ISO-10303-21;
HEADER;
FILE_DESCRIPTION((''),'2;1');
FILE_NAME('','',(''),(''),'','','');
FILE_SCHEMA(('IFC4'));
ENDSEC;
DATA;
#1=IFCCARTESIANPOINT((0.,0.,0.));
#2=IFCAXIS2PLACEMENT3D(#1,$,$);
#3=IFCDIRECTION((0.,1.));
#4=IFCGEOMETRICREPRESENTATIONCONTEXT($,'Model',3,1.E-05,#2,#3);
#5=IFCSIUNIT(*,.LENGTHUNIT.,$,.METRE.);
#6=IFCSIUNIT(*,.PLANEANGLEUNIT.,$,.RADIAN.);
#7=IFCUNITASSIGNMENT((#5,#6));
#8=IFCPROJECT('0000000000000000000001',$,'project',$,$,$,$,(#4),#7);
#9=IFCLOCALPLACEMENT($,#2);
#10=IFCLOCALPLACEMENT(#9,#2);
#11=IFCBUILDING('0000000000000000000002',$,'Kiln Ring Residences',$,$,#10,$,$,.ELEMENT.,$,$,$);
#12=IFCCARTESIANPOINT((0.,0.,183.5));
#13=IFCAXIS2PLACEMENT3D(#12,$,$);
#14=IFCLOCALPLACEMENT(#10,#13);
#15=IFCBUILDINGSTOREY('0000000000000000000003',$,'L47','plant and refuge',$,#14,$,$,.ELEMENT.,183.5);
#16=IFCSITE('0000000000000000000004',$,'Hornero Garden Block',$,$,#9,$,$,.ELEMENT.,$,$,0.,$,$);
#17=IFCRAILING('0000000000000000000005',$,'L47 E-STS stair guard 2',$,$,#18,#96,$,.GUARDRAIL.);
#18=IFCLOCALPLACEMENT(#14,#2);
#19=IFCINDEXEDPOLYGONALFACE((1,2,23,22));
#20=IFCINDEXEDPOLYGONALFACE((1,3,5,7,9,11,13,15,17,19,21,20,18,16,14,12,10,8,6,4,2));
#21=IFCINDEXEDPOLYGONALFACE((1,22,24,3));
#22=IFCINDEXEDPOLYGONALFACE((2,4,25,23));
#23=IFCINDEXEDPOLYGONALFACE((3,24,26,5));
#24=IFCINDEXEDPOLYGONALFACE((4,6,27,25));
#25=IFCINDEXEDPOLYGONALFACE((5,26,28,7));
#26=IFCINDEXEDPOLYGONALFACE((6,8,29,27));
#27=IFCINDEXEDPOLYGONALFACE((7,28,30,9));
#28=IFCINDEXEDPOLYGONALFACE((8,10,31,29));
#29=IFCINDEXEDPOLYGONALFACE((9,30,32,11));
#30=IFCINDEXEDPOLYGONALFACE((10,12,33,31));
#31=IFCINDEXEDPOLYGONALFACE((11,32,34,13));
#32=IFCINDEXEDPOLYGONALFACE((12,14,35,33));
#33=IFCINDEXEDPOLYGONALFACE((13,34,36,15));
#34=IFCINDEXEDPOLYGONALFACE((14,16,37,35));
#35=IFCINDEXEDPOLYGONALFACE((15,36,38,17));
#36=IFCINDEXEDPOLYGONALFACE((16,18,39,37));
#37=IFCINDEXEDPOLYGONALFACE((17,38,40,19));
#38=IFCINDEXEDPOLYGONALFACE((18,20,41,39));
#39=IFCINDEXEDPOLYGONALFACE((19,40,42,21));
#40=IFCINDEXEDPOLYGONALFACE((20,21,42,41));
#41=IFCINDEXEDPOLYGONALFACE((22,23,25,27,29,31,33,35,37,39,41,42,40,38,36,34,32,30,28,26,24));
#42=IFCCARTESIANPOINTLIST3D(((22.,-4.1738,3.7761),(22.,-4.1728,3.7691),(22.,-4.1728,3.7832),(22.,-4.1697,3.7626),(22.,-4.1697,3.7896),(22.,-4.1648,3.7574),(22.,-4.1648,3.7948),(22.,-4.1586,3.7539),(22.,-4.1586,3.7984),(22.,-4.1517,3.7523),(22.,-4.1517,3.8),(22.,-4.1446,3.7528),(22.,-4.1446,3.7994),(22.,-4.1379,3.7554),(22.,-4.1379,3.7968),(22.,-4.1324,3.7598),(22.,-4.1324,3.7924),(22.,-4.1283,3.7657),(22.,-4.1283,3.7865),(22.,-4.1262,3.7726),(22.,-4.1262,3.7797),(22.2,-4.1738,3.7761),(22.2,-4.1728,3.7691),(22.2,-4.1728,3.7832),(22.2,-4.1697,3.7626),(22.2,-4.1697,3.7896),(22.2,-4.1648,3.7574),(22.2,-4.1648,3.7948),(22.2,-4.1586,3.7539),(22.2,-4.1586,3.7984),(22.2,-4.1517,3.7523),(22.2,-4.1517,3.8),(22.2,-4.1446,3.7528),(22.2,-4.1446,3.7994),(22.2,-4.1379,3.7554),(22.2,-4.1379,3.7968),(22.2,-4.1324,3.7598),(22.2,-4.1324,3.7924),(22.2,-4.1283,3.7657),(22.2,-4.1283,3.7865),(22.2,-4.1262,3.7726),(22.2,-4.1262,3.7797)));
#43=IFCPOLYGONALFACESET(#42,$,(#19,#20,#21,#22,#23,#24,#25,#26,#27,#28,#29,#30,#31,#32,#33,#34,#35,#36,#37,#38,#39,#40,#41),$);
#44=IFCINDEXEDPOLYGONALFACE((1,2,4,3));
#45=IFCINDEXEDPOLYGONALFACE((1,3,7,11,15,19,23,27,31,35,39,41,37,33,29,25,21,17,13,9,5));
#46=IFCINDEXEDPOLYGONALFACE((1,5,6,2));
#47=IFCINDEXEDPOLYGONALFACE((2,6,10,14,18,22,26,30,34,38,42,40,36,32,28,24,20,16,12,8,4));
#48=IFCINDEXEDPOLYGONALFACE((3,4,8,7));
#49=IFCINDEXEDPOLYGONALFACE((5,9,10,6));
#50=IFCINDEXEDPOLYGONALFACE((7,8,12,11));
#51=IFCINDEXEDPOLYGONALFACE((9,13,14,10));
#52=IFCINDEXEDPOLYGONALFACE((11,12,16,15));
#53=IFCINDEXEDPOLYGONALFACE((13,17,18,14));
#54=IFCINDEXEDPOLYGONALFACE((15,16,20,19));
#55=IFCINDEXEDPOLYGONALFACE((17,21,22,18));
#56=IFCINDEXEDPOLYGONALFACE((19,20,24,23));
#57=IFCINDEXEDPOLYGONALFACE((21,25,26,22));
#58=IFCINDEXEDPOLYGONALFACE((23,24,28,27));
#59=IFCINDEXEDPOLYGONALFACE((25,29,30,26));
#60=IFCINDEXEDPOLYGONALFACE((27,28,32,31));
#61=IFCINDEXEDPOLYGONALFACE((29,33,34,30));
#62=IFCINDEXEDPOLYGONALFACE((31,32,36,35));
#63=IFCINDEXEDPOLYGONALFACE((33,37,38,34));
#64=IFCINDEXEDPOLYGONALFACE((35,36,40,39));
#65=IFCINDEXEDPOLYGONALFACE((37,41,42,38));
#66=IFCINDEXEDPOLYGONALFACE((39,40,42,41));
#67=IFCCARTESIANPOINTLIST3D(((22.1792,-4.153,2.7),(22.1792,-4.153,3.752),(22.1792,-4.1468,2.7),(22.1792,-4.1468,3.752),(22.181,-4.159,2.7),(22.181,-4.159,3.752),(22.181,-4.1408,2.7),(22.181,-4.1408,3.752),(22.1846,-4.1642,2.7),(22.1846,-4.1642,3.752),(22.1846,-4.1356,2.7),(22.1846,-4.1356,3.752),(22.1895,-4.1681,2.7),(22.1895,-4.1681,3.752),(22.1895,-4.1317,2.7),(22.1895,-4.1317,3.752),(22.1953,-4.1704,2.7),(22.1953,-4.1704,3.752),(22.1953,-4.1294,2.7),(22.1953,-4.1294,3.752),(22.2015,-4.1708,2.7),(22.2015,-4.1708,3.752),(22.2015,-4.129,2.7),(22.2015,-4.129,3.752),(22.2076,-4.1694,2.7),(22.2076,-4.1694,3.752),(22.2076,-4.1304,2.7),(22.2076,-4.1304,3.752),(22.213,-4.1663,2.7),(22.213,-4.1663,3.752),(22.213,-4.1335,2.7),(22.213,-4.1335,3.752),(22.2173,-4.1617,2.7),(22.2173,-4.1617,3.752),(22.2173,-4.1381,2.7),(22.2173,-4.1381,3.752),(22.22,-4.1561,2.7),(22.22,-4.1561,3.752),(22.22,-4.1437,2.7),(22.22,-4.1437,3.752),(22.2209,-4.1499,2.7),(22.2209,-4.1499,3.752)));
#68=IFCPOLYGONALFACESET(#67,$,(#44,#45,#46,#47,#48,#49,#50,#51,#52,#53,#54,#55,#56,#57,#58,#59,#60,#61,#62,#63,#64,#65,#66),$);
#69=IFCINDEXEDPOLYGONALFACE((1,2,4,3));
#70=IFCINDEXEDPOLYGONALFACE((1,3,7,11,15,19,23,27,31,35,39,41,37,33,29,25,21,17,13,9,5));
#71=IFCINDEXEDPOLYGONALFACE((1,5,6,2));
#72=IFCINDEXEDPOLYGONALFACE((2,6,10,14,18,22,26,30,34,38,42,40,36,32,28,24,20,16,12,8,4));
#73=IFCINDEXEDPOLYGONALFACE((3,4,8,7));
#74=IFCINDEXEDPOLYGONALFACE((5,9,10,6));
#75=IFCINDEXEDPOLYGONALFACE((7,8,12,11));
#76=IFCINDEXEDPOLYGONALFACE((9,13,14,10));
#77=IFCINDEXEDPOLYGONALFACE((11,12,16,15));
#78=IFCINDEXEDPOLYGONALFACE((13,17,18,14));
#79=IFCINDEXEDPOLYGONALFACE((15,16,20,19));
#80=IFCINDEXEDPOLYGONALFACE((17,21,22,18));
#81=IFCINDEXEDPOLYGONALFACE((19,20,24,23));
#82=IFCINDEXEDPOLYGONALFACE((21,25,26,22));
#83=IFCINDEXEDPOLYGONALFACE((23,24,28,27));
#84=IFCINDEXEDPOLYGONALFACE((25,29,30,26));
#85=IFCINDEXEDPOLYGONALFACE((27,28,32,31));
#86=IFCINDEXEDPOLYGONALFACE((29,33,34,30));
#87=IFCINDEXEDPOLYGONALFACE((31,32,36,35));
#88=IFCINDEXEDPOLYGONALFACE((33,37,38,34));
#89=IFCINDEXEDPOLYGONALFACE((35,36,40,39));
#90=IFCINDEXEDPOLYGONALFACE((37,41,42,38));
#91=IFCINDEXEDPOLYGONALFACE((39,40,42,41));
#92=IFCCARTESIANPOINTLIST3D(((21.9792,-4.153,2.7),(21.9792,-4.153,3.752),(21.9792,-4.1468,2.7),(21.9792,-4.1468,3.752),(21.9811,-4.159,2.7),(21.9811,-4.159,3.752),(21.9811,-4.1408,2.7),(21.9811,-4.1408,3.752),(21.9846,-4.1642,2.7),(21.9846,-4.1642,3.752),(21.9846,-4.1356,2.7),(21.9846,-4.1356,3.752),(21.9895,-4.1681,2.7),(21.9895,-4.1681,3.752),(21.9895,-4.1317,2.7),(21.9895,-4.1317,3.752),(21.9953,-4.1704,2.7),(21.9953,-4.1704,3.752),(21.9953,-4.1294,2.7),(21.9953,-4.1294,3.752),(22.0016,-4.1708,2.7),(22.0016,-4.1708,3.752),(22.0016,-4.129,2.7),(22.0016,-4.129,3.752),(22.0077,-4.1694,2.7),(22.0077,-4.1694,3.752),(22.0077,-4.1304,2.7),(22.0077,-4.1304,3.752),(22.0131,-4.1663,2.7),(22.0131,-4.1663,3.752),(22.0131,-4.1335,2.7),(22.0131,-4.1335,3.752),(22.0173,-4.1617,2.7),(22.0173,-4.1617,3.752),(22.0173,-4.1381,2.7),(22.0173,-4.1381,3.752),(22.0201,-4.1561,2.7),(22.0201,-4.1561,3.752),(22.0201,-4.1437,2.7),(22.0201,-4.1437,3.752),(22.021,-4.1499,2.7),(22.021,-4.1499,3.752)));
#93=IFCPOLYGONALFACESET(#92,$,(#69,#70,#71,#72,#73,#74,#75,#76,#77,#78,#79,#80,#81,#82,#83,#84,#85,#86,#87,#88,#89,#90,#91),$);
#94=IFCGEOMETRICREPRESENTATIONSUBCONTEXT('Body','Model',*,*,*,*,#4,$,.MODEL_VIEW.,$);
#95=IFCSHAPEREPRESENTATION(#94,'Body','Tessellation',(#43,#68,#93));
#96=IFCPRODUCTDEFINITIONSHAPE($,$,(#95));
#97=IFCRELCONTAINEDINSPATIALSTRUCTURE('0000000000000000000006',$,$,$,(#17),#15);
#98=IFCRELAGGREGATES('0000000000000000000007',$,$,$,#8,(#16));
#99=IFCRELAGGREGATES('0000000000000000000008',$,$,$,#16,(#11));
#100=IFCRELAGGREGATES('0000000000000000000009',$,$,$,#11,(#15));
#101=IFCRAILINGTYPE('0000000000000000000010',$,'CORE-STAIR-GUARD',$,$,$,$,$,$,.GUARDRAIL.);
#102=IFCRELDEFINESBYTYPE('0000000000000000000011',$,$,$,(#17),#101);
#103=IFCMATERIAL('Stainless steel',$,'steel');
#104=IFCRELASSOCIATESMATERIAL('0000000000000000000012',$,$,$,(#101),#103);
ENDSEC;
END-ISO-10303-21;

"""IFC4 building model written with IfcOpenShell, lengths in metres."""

from ifc_helpers import new_model, si_unit, direction, frame, origin, origin_2d, place, context, subcontext, project, spatial, circle, extrude, material, type_object, element, save


model = new_model("IFC4")

# Units and contexts
model_context = context("Model", 3, precision=1e-05, world=origin(), true_north=direction((0.0, 1.0)))
body_context = subcontext(model_context, "Body", "Model", "MODEL_VIEW")
ifc_project = project(units=[si_unit("LENGTHUNIT", "METRE"), si_unit("PLANEANGLEUNIT", "RADIAN")], contexts=[model_context])

# Site, building, storey
site_placement = place(None, origin())
site = spatial("IfcSite", under=ifc_project, at=site_placement, Name="Hornero Garden Block", CompositionType="ELEMENT", RefElevation=0.0)
building_placement = place(site_placement, origin())
building = spatial("IfcBuilding", under=site, at=building_placement, Name="Kiln Ring Residences", CompositionType="ELEMENT")
storey_placement = place(building_placement, frame((0.0, 0.0, 183.5)))
storey = spatial("IfcBuildingStorey", under=building, at=storey_placement, Name="L47", Description="plant and refuge", CompositionType="ELEMENT", Elevation=183.5)

# Railing
ifc_material_1 = material(Name="Stainless steel", Category="steel")
railing_type_1 = type_object("IfcRailingType", Name="CORE-STAIR-GUARD", PredefinedType="GUARDRAIL", material=ifc_material_1)
railing_1_placement = place(storey_placement, frame((22.2, -4.1499, 2.7)))
element("IfcRailing", 1, at=railing_1_placement, inside=storey, type_object=railing_type_1, Name="L47 E-STS stair guard 2", PredefinedType="GUARDRAIL", context=body_context, shape_type="SweptSolid", body=[
    extrude(circle(Radius=0.0239, at=origin_2d()), frame((0.0, 0.0, 1.0762), z_axis=(-1.0, 0.0, 0.0), x_axis=(0.0, -1.0, 0.0)), (0.0, 0.0, 1.0), 0.2),
    extrude(circle(Radius=0.021, at=origin_2d()), origin(), (0.0, 0.0, 1.0), 1.052),
    extrude(circle(Radius=0.021, at=origin_2d()), frame((-0.2, 0.0, 0.0)), (0.0, 0.0, 1.0), 1.052),
])

save(model, "model.ifc")
